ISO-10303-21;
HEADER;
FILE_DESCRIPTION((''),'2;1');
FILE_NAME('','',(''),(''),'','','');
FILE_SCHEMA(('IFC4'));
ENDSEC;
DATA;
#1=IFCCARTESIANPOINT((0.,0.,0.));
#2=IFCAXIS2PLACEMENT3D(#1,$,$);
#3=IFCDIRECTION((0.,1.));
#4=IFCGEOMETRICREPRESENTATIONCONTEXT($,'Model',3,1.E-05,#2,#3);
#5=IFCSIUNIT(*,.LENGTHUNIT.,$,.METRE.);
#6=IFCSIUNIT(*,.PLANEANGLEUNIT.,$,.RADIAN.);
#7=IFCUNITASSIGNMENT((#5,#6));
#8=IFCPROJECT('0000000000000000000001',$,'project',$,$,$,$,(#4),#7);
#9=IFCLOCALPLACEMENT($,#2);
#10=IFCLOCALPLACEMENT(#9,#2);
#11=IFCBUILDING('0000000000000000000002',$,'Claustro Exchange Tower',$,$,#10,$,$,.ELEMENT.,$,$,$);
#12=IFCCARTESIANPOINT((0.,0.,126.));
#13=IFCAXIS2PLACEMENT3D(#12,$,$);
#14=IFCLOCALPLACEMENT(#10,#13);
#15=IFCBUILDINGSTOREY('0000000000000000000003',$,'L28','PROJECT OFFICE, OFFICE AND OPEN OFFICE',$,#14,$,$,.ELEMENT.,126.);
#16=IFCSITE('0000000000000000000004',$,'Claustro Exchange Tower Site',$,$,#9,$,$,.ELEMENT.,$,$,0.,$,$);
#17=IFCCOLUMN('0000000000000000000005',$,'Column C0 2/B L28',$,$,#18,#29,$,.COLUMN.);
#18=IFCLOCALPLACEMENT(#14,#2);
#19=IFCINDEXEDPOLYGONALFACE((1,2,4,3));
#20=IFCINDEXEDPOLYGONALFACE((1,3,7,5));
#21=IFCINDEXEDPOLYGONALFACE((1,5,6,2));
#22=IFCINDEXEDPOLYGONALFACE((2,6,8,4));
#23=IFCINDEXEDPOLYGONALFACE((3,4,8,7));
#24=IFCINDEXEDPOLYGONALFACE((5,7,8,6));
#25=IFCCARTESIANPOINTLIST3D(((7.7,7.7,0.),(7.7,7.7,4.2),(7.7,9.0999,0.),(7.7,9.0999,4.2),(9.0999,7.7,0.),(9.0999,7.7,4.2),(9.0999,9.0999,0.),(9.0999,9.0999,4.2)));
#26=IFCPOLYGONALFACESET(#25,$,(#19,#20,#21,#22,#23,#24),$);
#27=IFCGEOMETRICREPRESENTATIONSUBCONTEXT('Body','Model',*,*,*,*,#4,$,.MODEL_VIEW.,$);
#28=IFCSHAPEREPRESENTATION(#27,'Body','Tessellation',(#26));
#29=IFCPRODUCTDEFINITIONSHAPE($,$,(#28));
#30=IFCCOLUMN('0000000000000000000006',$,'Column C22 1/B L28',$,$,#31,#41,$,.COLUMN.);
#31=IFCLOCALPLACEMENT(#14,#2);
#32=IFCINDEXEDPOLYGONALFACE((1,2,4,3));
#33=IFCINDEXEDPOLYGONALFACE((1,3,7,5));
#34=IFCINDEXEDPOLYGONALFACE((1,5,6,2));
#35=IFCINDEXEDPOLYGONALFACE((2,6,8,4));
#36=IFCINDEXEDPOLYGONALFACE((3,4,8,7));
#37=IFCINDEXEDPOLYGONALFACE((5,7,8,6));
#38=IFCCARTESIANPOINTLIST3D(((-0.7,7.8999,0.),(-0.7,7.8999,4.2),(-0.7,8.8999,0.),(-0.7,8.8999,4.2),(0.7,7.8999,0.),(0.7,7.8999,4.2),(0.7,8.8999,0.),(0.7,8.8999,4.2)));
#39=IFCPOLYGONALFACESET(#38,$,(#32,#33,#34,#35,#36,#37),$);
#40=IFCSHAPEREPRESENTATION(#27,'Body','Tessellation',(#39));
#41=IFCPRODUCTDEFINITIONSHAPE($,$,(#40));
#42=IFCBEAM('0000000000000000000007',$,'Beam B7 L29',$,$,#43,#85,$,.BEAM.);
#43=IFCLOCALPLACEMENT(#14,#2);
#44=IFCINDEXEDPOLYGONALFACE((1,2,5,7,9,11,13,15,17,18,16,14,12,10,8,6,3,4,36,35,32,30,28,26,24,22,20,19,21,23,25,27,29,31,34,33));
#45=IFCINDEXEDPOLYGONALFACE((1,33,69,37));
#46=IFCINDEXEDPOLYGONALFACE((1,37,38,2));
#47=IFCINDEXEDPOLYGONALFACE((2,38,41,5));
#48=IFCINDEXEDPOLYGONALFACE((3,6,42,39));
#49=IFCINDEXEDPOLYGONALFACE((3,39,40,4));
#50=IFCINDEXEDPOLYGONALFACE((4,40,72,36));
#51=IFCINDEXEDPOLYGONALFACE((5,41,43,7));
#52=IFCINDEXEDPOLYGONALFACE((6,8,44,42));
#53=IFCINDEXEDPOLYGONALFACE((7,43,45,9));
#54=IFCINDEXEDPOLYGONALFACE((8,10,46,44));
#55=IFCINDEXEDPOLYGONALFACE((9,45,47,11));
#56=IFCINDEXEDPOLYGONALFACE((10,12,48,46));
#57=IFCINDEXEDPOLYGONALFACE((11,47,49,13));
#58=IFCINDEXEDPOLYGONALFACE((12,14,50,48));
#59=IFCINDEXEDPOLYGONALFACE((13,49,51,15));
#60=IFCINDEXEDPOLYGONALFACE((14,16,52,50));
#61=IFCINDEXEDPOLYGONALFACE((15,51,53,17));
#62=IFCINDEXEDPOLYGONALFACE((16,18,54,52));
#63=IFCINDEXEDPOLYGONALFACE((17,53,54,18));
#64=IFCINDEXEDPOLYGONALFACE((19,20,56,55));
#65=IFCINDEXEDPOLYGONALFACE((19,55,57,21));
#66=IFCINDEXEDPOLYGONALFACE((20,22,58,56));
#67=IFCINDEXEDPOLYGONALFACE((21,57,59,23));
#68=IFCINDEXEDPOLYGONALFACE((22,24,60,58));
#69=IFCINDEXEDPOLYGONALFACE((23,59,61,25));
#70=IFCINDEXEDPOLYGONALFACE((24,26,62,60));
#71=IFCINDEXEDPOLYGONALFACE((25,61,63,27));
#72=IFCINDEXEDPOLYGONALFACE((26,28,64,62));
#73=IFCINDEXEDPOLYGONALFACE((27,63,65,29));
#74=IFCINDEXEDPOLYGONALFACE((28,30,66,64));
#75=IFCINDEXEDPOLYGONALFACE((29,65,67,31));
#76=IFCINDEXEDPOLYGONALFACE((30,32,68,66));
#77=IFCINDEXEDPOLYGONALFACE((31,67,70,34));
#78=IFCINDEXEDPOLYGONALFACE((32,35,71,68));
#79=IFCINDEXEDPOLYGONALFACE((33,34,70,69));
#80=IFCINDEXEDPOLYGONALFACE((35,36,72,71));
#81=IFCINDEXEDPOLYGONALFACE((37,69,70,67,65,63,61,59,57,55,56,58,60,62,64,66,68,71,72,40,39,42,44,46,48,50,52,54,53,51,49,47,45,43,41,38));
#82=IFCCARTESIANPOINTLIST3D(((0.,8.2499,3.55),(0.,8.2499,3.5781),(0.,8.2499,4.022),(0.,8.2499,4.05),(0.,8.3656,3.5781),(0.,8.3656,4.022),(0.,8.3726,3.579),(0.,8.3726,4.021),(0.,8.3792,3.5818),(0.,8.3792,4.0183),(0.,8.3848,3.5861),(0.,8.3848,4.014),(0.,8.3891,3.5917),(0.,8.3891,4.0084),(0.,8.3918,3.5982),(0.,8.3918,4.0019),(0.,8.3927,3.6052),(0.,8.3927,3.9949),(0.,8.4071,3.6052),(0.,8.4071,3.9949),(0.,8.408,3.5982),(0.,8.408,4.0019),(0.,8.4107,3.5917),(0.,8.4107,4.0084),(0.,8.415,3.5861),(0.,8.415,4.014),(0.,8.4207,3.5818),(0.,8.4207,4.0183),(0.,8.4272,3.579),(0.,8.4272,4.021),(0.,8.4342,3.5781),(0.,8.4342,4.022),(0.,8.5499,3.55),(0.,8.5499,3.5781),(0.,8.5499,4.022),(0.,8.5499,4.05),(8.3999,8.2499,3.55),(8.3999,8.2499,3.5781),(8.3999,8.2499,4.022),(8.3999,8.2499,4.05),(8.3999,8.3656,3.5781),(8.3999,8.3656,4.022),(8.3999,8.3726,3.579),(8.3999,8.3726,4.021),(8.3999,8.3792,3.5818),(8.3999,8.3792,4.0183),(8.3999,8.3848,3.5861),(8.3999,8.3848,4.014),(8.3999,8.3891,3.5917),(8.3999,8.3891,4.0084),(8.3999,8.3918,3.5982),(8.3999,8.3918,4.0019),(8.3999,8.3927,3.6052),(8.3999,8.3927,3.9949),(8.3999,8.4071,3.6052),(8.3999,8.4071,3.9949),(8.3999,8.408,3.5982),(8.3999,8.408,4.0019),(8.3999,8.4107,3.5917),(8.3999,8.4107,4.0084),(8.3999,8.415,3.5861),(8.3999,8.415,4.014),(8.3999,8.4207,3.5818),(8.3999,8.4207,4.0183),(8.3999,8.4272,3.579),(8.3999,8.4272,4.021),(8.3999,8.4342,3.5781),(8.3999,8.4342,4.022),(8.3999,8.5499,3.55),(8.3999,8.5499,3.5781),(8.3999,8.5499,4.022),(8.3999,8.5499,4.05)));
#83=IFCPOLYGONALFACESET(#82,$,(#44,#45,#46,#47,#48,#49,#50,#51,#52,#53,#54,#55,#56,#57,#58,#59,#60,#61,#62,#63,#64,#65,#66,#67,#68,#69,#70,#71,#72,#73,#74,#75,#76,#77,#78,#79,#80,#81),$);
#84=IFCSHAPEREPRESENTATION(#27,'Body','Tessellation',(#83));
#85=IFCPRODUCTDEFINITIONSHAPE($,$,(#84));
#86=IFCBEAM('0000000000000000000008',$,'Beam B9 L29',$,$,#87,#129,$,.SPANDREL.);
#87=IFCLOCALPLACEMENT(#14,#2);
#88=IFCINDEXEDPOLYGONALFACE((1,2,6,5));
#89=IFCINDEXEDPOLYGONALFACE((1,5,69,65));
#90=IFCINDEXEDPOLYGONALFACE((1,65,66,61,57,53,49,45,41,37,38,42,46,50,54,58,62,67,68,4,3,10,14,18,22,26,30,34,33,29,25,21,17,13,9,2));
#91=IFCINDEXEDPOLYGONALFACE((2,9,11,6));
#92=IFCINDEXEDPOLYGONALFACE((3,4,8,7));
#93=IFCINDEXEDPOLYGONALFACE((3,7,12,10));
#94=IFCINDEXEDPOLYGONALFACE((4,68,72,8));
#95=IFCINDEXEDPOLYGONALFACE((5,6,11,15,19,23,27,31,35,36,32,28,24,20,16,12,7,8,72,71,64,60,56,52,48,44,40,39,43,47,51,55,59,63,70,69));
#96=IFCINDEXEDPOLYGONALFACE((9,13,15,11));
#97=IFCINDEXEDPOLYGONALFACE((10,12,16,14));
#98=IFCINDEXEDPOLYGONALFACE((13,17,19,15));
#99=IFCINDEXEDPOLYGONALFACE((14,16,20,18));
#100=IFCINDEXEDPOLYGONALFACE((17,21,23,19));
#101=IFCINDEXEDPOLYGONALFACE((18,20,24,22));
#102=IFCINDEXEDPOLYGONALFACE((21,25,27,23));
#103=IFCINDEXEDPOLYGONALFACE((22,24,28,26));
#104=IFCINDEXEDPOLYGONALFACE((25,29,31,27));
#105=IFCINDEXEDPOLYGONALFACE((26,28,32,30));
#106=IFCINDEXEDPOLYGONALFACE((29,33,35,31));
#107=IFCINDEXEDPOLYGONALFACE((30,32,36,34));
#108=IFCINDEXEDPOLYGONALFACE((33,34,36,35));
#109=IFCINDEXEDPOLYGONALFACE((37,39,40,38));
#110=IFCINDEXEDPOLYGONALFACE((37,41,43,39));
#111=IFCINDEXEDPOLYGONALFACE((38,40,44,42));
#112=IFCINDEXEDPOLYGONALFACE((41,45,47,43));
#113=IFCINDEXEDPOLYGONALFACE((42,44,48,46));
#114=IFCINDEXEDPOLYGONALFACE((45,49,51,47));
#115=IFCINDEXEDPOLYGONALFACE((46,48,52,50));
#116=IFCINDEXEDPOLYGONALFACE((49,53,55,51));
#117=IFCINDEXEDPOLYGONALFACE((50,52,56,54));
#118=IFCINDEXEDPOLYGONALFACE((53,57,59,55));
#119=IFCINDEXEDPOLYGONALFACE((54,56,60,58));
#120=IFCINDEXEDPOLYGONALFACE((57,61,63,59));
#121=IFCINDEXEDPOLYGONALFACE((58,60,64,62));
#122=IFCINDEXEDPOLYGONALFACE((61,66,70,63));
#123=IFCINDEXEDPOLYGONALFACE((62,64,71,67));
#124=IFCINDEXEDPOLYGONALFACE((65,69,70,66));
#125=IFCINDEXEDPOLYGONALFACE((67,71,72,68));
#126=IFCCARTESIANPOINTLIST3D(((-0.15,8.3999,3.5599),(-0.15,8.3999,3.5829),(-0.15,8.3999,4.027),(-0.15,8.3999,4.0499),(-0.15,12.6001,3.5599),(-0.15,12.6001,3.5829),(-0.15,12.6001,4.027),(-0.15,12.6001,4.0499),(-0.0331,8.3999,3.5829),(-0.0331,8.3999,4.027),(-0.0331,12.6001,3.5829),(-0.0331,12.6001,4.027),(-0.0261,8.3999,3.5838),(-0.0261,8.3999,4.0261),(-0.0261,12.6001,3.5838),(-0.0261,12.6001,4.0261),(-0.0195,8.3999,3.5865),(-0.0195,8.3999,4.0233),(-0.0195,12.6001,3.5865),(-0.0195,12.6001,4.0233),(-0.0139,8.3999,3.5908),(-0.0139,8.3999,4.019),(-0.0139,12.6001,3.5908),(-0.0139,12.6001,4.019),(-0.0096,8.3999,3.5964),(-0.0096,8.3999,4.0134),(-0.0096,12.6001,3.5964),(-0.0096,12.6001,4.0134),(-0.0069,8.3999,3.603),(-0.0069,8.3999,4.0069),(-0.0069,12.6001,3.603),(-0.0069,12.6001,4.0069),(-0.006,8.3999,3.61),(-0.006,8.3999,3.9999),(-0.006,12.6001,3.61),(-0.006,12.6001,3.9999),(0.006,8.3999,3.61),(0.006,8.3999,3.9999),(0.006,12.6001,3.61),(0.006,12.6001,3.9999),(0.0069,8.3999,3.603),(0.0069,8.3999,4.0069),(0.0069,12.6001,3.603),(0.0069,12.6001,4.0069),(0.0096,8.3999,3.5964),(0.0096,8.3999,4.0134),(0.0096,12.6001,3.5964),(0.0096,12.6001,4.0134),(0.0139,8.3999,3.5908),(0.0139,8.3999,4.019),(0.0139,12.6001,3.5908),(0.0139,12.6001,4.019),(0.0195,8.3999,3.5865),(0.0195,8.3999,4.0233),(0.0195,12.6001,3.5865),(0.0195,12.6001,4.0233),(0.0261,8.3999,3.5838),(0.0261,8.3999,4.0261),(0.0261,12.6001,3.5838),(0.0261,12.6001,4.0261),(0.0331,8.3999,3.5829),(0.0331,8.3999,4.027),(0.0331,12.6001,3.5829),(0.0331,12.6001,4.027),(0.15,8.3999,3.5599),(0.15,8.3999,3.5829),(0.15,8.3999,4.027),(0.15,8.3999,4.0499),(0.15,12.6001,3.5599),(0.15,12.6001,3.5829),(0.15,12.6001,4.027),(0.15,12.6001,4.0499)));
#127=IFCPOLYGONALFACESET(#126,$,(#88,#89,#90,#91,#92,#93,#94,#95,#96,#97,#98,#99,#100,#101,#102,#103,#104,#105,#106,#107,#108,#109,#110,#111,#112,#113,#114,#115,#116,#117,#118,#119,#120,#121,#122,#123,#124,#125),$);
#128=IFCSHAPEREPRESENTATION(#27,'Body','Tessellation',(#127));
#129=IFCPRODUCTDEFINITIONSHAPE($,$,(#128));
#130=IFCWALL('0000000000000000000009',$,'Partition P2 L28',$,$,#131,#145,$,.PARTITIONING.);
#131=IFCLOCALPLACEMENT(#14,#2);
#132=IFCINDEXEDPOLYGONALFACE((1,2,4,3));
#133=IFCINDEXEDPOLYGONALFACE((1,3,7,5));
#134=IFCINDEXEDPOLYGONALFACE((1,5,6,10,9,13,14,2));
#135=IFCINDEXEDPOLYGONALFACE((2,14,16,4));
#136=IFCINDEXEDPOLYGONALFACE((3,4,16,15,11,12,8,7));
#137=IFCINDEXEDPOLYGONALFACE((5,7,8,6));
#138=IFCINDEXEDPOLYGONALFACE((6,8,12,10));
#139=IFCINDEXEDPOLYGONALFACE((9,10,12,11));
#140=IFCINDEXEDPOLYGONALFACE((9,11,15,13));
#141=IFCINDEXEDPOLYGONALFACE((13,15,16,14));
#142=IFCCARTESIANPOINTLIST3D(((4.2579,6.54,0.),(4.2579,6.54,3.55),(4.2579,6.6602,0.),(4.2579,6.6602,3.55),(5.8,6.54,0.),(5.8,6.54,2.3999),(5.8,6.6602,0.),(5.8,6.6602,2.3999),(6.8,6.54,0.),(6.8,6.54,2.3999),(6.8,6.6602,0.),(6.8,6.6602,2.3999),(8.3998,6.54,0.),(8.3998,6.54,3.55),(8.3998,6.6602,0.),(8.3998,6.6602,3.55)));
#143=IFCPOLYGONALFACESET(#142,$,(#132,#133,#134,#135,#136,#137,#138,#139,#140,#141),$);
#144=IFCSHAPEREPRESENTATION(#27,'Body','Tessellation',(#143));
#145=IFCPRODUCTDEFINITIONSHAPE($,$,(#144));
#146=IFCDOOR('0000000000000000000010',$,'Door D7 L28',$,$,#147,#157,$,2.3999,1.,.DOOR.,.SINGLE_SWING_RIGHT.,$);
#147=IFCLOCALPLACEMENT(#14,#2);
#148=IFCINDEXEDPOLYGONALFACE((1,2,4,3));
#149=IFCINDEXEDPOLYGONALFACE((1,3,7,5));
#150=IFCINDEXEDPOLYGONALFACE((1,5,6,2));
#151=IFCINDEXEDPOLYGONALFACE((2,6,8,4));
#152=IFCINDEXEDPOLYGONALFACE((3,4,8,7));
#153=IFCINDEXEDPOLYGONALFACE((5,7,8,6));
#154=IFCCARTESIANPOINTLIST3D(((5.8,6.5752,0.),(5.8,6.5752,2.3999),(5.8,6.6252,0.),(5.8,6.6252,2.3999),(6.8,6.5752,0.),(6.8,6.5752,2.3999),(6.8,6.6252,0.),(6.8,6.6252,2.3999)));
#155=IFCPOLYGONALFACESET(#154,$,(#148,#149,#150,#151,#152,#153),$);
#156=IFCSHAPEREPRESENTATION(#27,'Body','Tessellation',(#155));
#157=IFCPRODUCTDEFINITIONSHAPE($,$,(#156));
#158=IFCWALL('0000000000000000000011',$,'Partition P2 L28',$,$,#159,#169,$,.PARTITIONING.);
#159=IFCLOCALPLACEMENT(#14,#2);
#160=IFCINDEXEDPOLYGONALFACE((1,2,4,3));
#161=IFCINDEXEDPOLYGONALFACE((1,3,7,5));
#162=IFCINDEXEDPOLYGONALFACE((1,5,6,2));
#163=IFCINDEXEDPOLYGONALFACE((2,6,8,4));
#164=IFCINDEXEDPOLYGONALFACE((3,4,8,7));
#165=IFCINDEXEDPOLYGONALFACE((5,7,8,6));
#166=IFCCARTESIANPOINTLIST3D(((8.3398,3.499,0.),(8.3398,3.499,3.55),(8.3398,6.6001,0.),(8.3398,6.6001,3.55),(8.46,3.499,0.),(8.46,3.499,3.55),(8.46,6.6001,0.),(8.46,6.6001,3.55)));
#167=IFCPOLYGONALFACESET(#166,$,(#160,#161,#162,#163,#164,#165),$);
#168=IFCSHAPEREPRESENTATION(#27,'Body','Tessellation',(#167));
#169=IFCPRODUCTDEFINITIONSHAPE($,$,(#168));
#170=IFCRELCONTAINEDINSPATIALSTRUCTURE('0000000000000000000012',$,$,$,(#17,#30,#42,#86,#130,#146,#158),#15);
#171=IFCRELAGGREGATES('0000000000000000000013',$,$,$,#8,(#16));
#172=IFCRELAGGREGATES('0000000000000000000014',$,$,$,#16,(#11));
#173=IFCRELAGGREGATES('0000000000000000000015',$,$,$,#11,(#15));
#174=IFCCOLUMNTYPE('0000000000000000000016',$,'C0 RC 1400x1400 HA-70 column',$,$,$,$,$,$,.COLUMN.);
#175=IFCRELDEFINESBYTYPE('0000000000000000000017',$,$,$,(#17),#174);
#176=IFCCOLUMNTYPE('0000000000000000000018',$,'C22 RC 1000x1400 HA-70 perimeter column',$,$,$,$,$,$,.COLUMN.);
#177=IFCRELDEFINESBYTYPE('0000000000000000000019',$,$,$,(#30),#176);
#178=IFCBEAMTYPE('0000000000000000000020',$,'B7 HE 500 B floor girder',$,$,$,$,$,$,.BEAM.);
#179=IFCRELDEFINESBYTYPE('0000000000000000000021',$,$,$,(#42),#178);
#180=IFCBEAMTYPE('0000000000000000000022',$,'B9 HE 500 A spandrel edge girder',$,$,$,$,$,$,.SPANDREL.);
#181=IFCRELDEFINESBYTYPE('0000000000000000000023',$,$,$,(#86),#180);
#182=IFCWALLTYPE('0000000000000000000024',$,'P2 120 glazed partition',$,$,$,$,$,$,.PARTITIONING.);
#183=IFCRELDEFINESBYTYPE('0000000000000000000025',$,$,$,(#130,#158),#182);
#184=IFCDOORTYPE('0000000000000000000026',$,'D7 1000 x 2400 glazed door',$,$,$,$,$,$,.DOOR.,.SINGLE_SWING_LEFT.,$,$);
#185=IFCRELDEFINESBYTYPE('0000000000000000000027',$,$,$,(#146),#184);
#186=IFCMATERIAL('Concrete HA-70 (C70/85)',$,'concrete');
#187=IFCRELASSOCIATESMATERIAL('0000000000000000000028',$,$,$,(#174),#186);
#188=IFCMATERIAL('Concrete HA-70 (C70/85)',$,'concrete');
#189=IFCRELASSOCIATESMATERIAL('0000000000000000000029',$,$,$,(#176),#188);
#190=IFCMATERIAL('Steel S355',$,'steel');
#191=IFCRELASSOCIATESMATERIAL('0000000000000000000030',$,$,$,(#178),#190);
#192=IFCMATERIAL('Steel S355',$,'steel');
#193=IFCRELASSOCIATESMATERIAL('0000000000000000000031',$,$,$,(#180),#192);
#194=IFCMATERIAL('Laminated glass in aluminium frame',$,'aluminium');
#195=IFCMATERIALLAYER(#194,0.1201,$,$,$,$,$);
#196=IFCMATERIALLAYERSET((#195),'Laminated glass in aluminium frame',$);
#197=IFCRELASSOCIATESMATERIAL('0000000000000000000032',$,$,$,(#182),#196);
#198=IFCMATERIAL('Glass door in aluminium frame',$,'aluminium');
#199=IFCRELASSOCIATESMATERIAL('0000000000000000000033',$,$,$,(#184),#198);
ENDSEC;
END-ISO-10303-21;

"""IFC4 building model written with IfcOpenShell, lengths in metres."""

from ifc_helpers import new_model, si_unit, direction, frame, frame_2d, origin, origin_2d, place, context, subcontext, project, spatial, rectangle, i_section, extrude, material, layer, layer_set, material_profile, profile_set, type_object, element, fill, save


model = new_model("IFC4")

# Units and contexts
model_context = context("Model", 3, precision=1e-05, world=origin(), true_north=direction((0.0, 1.0)))
body_context = subcontext(model_context, "Body", "Model", "MODEL_VIEW")
ifc_project = project(units=[si_unit("LENGTHUNIT", "METRE"), si_unit("PLANEANGLEUNIT", "RADIAN")], contexts=[model_context])

# Site, building, storey
site_placement = place(None, origin())
site = spatial("IfcSite", under=ifc_project, at=site_placement, Name="Claustro Exchange Tower Site", CompositionType="ELEMENT", RefElevation=0.0)
building_placement = place(site_placement, origin())
building = spatial("IfcBuilding", under=site, at=building_placement, Name="Claustro Exchange Tower", CompositionType="ELEMENT")
storey_placement = place(building_placement, frame((0.0, 0.0, 126.0)))
storey = spatial("IfcBuildingStorey", under=building, at=storey_placement, Name="L28", Description="PROJECT OFFICE, OFFICE AND OPEN OFFICE", CompositionType="ELEMENT", Elevation=126.0)

# Columns
ifc_material_1 = material(Name="Concrete HA-70 (C70/85)", Category="concrete")
ifc_material_profile_1 = material_profile(ifc_material_1, rectangle(XDim=1.3999, YDim=1.3999, at=origin_2d()), Name="RC 1400x1400")
ifc_profile_set_1 = profile_set([ifc_material_profile_1], Name="Concrete HA-70 (C70/85)")
column_type_1 = type_object("IfcColumnType", Name="C0 RC 1400x1400 HA-70 column", PredefinedType="COLUMN", material=ifc_profile_set_1)
column_1_placement = place(storey_placement, frame((8.3999, 8.3999, 0.0), z_axis=(0.0, 0.0, 1.0), x_axis=(1.0, 0.0, 0.0)))
element("IfcColumn", 1, at=column_1_placement, inside=storey, type_object=column_type_1, Name="Column C0 2/B L28", PredefinedType="COLUMN", context=body_context, shape_type="SweptSolid", body=[
    extrude(rectangle(XDim=1.3999, YDim=1.3999, at=origin_2d()), origin(), (0.0, 0.0, 1.0), 4.2),
])
ifc_material_2 = material(Name="Concrete HA-70 (C70/85)", Category="concrete")
ifc_material_profile_2 = material_profile(ifc_material_2, rectangle(XDim=1.0, YDim=1.3999, at=origin_2d()), Name="RC 1000x1400")
ifc_profile_set_2 = profile_set([ifc_material_profile_2], Name="Concrete HA-70 (C70/85)")
column_type_2 = type_object("IfcColumnType", Name="C22 RC 1000x1400 HA-70 perimeter column", PredefinedType="COLUMN", material=ifc_profile_set_2)
column_2_placement = place(storey_placement, frame((0.0, 8.3999, 0.0), z_axis=(0.0, 0.0, 1.0), x_axis=(0.0, 1.0, 0.0)))
element("IfcColumn", 2, at=column_2_placement, inside=storey, type_object=column_type_2, Name="Column C22 1/B L28", PredefinedType="COLUMN", context=body_context, shape_type="SweptSolid", body=[
    extrude(rectangle(XDim=1.0, YDim=1.3999, at=origin_2d()), origin(), (0.0, 0.0, 1.0), 4.2),
])

# Beams
ifc_material_3 = material(Name="Steel S355", Category="steel")
ifc_material_profile_3 = material_profile(ifc_material_3, i_section(OverallWidth=0.3, OverallDepth=0.5, WebThickness=0.0144, FlangeThickness=0.0281, FilletRadius=0.0271, at=origin_2d()), Name="HE 500 B")
ifc_profile_set_3 = profile_set([ifc_material_profile_3], Name="Steel S355")
beam_type_1 = type_object("IfcBeamType", Name="B7 HE 500 B floor girder", PredefinedType="BEAM", material=ifc_profile_set_3)
beam_1_placement = place(storey_placement, frame((0.0, 8.3999, 3.8), z_axis=(1.0, 0.0, 0.0), x_axis=(0.0, 1.0, 0.0)))
element("IfcBeam", 3, at=beam_1_placement, inside=storey, type_object=beam_type_1, Name="Beam B7 L29", PredefinedType="BEAM", context=body_context, shape_type="SweptSolid", body=[
    extrude(i_section(OverallWidth=0.3, OverallDepth=0.5, WebThickness=0.0144, FlangeThickness=0.0281, FilletRadius=0.0271, at=origin_2d()), origin(), (0.0, 0.0, 1.0), 8.3999),
])
ifc_material_4 = material(Name="Steel S355", Category="steel")
ifc_material_profile_4 = material_profile(ifc_material_4, i_section(OverallWidth=0.3, OverallDepth=0.49, WebThickness=0.012, FlangeThickness=0.0229, FilletRadius=0.0271, at=origin_2d()), Name="HE 500 A")
ifc_profile_set_4 = profile_set([ifc_material_profile_4], Name="Steel S355")
beam_type_2 = type_object("IfcBeamType", Name="B9 HE 500 A spandrel edge girder", PredefinedType="SPANDREL", material=ifc_profile_set_4)
beam_2_placement = place(storey_placement, frame((0.0, 8.3999, 3.8049), z_axis=(0.0, 1.0, 0.0), x_axis=(-1.0, 0.0, 0.0)))
element("IfcBeam", 4, at=beam_2_placement, inside=storey, type_object=beam_type_2, Name="Beam B9 L29", PredefinedType="SPANDREL", context=body_context, shape_type="SweptSolid", body=[
    extrude(i_section(OverallWidth=0.3, OverallDepth=0.49, WebThickness=0.012, FlangeThickness=0.0229, FilletRadius=0.0271, at=origin_2d()), origin(), (0.0, 0.0, 1.0), 4.2002),
])

# Wall, opening, door
ifc_material_5 = material(Name="Laminated glass in aluminium frame", Category="aluminium")
ifc_layer_1 = layer(ifc_material_5, 0.1201)
ifc_layer_set_1 = layer_set([ifc_layer_1], Name="Laminated glass in aluminium frame")
wall_type_1 = type_object("IfcWallType", Name="P2 120 glazed partition", PredefinedType="PARTITIONING", material=ifc_layer_set_1)
wall_1_placement = place(storey_placement, frame((4.2581, 6.6001, 0.0), z_axis=(0.0, 0.0, 1.0), x_axis=(1.0, 0.0, 0.0)))
wall_1 = element("IfcWall", 5, at=wall_1_placement, inside=storey, type_object=wall_type_1, Name="Partition P2 L28", PredefinedType="PARTITIONING", context=body_context, shape_type="SweptSolid", body=[
    extrude(rectangle(XDim=4.1418, YDim=0.1201, at=frame_2d((2.0708, 0.0))), origin(), (0.0, 0.0, 1.0), 3.55),
])
opening_1_placement = place(wall_1_placement, frame((1.542, 0.0, 0.0)))
opening_1 = element("IfcOpeningElement", 6, at=opening_1_placement, cuts=wall_1, PredefinedType="OPENING", context=body_context, shape_type="SweptSolid", body=[
    extrude(rectangle(XDim=1.0, YDim=2.3999, at=frame_2d((0.5, 1.2))), frame((0.0, 0.0701, 0.0), z_axis=(0.0, -1.0, 0.0), x_axis=(1.0, 0.0, 0.0)), (0.0, 0.0, 1.0), 0.1401),
])
ifc_material_6 = material(Name="Glass door in aluminium frame", Category="aluminium")
door_type_1 = type_object("IfcDoorType", Name="D7 1000 x 2400 glazed door", OperationType="SINGLE_SWING_LEFT", PredefinedType="DOOR", material=ifc_material_6)
door_1_placement = place(opening_1_placement, frame((1.0, 0.0, 0.0), z_axis=(0.0, 0.0, 1.0), x_axis=(-1.0, 0.0, 0.0)))
door_1 = element("IfcDoor", 7, at=door_1_placement, inside=storey, type_object=door_type_1, Name="Door D7 L28", OperationType="SINGLE_SWING_RIGHT", OverallHeight=2.3999, OverallWidth=1.0, PredefinedType="DOOR", context=body_context, shape_type="SweptSolid", body=[
    extrude(rectangle(XDim=1.0, YDim=2.3999, at=frame_2d((0.5, 1.2))), frame((0.0, 0.0249, 0.0), z_axis=(0.0, -1.0, 0.0), x_axis=(1.0, 0.0, 0.0)), (0.0, 0.0, 1.0), 0.05),
])
fill(opening_1, door_1)

# Wall
wall_2_placement = place(storey_placement, frame((8.3999, 3.499, 0.0), z_axis=(0.0, 0.0, 1.0), x_axis=(0.0, 1.0, 0.0)))
element("IfcWall", 8, at=wall_2_placement, inside=storey, type_object=wall_type_1, Name="Partition P2 L28", PredefinedType="PARTITIONING", context=body_context, shape_type="SweptSolid", body=[
    extrude(rectangle(XDim=3.1011, YDim=0.1201, at=frame_2d((1.5505, 0.0))), origin(), (0.0, 0.0, 1.0), 3.55),
])

save(model, "model.ifc")
